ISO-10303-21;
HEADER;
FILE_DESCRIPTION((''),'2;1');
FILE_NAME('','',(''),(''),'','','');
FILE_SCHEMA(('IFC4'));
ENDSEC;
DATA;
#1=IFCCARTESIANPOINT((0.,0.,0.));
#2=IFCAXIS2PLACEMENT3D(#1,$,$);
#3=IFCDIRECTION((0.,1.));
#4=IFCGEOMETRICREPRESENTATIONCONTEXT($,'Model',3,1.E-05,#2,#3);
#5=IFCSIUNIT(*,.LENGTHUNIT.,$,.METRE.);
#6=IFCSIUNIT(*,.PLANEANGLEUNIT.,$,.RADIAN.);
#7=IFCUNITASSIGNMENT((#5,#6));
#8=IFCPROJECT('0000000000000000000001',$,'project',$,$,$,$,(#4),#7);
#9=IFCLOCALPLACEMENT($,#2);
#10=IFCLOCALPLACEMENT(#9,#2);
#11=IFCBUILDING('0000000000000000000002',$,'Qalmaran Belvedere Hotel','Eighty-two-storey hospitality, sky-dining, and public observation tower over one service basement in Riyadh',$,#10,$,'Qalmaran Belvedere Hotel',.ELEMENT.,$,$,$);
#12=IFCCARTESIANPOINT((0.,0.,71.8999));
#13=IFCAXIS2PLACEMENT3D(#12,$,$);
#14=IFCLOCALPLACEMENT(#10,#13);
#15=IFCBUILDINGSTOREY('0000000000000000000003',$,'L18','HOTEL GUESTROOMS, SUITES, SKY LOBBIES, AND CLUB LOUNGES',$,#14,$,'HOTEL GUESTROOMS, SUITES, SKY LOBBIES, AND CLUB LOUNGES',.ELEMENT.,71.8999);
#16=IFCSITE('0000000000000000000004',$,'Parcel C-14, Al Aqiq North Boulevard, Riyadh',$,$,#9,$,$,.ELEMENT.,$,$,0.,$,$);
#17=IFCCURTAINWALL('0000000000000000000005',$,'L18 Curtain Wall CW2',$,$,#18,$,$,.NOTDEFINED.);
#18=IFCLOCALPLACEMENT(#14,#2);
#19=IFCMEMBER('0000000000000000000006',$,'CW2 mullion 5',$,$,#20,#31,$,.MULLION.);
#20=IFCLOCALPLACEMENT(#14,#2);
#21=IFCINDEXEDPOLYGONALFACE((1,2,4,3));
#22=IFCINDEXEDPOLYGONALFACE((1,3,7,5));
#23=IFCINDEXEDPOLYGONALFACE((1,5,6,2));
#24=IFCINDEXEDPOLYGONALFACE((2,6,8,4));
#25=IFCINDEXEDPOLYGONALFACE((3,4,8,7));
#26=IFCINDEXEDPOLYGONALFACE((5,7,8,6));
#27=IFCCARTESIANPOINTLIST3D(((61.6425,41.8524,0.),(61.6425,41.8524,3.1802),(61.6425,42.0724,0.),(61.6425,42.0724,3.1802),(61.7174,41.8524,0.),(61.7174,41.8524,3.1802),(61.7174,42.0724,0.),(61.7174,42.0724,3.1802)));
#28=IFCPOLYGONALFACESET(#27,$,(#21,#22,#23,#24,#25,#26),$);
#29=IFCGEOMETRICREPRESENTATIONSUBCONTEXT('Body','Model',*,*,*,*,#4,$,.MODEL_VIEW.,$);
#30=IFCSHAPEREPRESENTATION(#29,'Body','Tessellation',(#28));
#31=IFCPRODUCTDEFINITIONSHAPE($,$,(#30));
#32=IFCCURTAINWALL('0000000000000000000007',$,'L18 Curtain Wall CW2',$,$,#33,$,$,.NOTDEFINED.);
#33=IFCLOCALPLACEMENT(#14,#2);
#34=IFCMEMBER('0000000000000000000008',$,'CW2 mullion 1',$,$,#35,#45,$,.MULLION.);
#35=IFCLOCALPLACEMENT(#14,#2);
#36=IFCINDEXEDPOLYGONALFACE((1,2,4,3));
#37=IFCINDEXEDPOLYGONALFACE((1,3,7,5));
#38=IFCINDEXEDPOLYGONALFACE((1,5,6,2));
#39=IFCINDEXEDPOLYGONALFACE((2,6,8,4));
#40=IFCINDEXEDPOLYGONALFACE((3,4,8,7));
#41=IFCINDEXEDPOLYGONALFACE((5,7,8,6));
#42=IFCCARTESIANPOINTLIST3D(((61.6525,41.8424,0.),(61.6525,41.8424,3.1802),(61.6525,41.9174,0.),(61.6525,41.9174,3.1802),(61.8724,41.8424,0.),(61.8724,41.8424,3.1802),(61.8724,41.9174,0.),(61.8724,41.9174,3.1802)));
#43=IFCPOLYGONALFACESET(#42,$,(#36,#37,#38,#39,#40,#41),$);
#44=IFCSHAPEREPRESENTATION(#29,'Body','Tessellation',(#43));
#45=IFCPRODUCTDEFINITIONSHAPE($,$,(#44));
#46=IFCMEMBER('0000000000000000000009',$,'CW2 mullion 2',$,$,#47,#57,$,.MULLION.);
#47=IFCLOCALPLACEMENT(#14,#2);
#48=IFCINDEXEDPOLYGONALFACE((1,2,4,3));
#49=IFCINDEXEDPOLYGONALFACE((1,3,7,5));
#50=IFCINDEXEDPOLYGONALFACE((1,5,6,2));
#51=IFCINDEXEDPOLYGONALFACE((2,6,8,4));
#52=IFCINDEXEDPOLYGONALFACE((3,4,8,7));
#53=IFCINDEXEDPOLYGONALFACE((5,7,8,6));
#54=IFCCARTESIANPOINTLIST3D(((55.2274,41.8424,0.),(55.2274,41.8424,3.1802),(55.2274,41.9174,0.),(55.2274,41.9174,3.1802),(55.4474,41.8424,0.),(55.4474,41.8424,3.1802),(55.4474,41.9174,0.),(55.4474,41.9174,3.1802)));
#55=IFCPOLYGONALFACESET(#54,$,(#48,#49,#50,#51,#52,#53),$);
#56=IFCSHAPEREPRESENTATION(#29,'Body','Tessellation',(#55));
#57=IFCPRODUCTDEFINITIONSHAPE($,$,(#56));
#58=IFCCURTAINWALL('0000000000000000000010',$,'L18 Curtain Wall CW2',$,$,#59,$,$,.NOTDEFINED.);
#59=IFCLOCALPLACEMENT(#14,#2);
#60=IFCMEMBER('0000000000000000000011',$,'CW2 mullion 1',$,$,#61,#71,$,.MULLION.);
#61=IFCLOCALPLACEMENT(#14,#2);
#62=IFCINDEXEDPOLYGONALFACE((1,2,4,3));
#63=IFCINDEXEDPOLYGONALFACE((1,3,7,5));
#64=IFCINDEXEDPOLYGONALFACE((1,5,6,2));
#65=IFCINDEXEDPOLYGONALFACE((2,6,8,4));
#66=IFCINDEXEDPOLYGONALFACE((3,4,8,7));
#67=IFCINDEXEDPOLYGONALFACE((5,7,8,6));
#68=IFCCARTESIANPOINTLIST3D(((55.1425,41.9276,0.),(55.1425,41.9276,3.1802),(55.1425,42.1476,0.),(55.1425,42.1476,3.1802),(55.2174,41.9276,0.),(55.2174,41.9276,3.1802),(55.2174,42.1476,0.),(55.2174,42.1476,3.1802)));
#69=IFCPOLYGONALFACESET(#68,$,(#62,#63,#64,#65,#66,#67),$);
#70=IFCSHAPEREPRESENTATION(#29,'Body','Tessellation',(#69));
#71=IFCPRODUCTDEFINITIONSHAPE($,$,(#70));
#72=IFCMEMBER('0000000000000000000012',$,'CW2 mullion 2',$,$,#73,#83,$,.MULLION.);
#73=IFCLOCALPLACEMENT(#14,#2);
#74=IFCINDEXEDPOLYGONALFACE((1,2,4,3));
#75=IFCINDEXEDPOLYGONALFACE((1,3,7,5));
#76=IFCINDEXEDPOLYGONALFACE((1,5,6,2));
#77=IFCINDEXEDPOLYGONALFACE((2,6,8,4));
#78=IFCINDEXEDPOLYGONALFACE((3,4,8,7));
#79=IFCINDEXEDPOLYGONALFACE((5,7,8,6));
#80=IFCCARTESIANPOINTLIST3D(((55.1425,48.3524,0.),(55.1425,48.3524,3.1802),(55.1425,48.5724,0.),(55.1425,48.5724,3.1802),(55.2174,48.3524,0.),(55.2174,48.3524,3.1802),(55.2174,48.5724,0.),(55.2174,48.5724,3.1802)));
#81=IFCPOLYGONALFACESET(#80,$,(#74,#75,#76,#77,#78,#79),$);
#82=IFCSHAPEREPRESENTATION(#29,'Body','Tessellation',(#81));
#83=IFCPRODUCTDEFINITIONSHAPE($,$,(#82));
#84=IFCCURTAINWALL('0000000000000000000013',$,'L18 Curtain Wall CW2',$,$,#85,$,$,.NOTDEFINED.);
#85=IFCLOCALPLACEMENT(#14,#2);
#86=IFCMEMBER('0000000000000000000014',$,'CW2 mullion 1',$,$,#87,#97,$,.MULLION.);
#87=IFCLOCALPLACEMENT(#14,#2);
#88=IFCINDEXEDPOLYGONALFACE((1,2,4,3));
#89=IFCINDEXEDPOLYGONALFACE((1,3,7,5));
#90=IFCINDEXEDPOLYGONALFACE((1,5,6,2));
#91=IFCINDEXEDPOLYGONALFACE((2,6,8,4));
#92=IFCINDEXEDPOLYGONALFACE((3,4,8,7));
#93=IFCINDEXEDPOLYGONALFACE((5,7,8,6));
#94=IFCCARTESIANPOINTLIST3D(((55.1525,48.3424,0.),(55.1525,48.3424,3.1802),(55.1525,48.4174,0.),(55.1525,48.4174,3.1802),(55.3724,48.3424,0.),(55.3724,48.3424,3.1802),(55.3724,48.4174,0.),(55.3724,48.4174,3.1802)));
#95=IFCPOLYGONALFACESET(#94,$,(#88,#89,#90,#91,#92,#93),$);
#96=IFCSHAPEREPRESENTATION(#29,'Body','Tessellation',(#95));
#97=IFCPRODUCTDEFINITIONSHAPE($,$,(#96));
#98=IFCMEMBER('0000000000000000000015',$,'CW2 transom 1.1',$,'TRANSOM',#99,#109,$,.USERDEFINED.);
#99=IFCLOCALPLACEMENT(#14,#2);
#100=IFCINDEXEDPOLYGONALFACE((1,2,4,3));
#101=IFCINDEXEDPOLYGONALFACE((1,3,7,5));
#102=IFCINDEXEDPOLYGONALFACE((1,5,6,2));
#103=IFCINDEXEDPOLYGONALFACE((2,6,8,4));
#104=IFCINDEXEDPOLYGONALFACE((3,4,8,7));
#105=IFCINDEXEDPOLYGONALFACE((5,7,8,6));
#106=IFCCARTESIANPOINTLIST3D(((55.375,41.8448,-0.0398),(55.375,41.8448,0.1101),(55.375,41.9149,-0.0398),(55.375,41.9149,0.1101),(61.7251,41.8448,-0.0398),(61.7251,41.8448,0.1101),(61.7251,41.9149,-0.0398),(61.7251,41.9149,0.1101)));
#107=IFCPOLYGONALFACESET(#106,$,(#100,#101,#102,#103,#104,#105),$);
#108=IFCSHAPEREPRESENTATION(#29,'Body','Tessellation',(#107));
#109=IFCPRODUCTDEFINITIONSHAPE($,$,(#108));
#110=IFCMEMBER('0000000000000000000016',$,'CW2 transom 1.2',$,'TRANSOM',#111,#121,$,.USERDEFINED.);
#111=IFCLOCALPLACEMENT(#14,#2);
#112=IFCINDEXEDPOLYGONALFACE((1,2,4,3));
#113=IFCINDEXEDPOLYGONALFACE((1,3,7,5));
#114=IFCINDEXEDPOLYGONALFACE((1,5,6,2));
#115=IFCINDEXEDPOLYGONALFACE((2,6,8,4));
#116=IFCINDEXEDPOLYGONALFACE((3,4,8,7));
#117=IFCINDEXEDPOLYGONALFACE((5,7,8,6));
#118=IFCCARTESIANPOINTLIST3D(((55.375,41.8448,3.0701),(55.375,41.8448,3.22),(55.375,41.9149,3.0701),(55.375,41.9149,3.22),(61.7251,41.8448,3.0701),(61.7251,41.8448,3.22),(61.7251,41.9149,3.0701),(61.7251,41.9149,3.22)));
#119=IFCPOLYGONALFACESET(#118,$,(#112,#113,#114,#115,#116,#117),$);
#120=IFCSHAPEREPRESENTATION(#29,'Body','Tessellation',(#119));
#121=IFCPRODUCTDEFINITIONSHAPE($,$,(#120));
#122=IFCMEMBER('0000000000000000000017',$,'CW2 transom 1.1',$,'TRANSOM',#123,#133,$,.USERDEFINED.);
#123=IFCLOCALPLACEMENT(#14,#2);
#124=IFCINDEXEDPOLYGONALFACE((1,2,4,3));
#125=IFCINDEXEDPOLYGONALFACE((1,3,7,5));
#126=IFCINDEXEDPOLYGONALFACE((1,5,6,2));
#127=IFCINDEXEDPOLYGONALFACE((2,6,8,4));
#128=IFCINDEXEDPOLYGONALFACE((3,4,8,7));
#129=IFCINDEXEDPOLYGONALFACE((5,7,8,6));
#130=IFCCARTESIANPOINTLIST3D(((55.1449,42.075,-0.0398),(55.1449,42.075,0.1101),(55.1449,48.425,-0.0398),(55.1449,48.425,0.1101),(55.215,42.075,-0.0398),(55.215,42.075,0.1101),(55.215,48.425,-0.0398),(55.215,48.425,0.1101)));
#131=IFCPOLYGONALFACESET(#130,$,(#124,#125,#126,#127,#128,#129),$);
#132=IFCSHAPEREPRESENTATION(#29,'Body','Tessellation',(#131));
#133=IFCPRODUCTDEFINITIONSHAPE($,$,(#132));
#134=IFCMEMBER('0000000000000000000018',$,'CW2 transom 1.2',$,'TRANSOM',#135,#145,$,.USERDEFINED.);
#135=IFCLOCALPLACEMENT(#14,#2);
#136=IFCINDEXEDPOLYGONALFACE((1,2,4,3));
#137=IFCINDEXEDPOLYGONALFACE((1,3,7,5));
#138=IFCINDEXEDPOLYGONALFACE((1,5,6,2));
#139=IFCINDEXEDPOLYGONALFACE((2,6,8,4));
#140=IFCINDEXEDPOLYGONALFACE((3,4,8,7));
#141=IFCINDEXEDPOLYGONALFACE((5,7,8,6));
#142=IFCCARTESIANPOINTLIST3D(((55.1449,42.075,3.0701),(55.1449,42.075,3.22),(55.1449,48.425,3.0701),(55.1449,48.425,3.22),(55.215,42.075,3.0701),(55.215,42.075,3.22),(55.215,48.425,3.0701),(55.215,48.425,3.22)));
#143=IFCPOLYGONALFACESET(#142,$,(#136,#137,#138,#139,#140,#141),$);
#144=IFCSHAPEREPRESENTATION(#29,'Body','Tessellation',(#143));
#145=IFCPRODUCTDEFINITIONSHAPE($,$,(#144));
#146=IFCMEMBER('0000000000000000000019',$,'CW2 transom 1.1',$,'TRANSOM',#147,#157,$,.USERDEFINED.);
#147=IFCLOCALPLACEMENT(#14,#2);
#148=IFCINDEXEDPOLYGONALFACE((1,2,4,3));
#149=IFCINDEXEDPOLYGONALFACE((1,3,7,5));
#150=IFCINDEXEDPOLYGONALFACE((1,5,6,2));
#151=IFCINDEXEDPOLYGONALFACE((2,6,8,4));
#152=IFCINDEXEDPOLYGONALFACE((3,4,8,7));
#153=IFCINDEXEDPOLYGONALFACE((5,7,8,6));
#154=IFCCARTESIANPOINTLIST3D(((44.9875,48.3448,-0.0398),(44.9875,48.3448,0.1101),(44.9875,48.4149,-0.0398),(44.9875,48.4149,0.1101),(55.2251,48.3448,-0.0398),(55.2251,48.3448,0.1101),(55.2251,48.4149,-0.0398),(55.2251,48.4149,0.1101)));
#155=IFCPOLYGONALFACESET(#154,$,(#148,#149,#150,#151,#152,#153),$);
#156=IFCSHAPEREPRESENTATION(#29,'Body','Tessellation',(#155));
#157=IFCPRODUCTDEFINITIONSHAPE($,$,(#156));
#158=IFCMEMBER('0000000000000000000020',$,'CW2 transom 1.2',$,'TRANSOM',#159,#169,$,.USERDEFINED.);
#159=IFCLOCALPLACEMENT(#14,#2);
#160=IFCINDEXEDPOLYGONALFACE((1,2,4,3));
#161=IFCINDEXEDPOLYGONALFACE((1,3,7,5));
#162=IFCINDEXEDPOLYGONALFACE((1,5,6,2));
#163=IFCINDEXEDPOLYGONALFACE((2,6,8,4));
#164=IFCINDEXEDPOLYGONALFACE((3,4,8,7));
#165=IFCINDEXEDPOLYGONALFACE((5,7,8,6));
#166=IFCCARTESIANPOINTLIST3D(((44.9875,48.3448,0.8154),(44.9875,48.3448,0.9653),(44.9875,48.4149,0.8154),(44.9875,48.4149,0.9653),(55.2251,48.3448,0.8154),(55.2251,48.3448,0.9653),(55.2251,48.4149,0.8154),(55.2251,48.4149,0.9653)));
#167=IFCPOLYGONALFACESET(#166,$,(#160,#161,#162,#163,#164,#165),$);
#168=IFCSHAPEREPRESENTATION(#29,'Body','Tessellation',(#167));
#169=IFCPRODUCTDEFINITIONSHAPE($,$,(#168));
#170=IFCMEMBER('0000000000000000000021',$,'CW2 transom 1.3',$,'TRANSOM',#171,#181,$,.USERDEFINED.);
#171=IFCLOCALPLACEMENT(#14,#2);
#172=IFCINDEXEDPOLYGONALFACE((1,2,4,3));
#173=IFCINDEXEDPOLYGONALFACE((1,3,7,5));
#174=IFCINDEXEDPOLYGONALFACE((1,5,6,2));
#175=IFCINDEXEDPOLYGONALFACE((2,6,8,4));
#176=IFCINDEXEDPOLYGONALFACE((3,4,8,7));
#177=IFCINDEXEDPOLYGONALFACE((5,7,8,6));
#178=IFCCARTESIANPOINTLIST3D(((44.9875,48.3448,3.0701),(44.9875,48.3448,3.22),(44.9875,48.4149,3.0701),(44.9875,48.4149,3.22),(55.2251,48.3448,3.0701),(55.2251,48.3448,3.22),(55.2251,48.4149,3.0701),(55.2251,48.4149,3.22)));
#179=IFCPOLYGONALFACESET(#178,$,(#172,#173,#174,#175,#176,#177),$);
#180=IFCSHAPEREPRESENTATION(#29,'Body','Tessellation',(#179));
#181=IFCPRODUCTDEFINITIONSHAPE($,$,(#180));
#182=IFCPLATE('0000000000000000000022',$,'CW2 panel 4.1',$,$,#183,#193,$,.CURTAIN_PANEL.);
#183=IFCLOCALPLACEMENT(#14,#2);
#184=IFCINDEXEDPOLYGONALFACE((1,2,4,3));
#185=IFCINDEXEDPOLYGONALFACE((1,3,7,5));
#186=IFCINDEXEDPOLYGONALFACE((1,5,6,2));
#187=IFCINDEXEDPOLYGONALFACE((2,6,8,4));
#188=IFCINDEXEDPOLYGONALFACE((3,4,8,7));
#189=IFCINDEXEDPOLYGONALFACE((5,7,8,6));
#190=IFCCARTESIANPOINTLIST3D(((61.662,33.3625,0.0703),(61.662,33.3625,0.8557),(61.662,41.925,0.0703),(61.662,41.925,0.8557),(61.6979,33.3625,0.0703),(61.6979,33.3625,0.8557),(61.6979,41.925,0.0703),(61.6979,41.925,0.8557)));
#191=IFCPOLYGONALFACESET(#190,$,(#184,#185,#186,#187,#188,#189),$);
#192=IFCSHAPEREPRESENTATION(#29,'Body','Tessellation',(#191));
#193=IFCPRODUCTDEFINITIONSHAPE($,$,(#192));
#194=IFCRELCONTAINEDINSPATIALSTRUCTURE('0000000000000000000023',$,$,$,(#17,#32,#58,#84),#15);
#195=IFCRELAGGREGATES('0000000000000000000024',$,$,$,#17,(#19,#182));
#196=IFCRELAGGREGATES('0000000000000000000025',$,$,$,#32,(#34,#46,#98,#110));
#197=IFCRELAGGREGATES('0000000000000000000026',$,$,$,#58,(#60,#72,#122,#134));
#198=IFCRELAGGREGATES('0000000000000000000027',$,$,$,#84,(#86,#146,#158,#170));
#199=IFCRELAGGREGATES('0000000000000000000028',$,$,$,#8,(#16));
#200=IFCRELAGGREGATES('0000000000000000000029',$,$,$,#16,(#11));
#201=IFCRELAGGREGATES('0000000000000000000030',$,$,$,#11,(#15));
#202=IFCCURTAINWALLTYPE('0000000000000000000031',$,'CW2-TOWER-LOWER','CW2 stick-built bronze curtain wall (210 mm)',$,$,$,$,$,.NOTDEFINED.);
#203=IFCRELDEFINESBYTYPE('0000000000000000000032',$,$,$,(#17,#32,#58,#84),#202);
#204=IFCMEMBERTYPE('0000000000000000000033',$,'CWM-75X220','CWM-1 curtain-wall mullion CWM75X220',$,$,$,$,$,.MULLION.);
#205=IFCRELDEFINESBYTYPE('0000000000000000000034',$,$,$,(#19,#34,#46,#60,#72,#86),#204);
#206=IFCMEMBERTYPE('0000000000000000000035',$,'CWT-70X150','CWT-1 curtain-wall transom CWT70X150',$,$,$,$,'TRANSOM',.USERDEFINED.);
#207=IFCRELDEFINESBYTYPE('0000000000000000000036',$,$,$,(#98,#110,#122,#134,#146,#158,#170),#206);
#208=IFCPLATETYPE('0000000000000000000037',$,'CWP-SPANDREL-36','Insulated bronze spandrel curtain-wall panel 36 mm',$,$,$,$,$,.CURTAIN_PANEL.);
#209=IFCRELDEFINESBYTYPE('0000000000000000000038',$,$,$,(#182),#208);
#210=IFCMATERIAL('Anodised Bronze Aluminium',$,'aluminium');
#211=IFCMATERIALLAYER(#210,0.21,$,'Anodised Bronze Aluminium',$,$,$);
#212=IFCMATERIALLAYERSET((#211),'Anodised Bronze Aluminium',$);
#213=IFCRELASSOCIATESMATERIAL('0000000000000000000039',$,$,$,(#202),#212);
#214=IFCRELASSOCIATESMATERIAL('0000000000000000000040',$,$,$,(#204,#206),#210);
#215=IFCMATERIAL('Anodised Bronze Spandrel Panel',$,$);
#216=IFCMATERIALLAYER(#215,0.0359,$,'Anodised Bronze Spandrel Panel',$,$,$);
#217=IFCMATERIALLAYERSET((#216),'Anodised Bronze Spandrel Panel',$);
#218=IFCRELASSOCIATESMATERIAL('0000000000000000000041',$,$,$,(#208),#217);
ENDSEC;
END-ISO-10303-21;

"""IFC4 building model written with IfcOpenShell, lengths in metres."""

from ifc_helpers import new_model, si_unit, direction, frame, origin, origin_2d, place, context, subcontext, project, spatial, rectangle, extrude, material, layer, layer_set, material_profile, profile_set, type_object, element, aggregate, save


model = new_model("IFC4")

# Units and contexts
model_context = context("Model", 3, precision=1e-05, world=origin(), true_north=direction((0.0, 1.0)))
body_context = subcontext(model_context, "Body", "Model", "MODEL_VIEW")
ifc_project = project(units=[si_unit("LENGTHUNIT", "METRE"), si_unit("PLANEANGLEUNIT", "RADIAN")], contexts=[model_context])

# Site, building, storey
site_placement = place(None, origin())
site = spatial("IfcSite", under=ifc_project, at=site_placement, Name="Parcel C-14, Al Aqiq North Boulevard, Riyadh", CompositionType="ELEMENT", RefElevation=0.0)
building_placement = place(site_placement, origin())
building = spatial("IfcBuilding", under=site, at=building_placement, Name="Qalmaran Belvedere Hotel", Description="Eighty-two-storey hospitality, sky-dining, and public observation tower over one service basement in Riyadh", LongName="Qalmaran Belvedere Hotel", CompositionType="ELEMENT")
storey_placement = place(building_placement, frame((0.0, 0.0, 71.8999)))
storey = spatial("IfcBuildingStorey", under=building, at=storey_placement, Name="L18", Description="HOTEL GUESTROOMS, SUITES, SKY LOBBIES, AND CLUB LOUNGES", LongName="HOTEL GUESTROOMS, SUITES, SKY LOBBIES, AND CLUB LOUNGES", CompositionType="ELEMENT", Elevation=71.8999)

# Curtain wall, member
ifc_material_1 = material(Name="Anodised Bronze Aluminium", Category="aluminium")
ifc_layer_1 = layer(ifc_material_1, 0.21, Name="Anodised Bronze Aluminium")
ifc_layer_set_1 = layer_set([ifc_layer_1], Name="Anodised Bronze Aluminium")
curtain_wall_type = type_object("IfcCurtainWallType", Name="CW2-TOWER-LOWER", Description="CW2 stick-built bronze curtain wall (210 mm)", PredefinedType="NOTDEFINED", material=ifc_layer_set_1)
curtain_wall_1_placement = place(storey_placement, origin())
curtain_wall_1 = element("IfcCurtainWall", 1, at=curtain_wall_1_placement, inside=storey, type_object=curtain_wall_type, Name="L18 Curtain Wall CW2", PredefinedType="NOTDEFINED")
ifc_material_profile_1 = material_profile(ifc_material_1, rectangle(XDim=0.075, YDim=0.22, at=origin_2d()), Name="CWM75X220")
ifc_profile_set_1 = profile_set([ifc_material_profile_1], Name="Anodised Bronze Aluminium")
member_type_1 = type_object("IfcMemberType", Name="CWM-75X220", Description="CWM-1 curtain-wall mullion CWM75X220", PredefinedType="MULLION", material=ifc_profile_set_1)
member_1_placement = place(storey_placement, frame((61.6799, 41.9624, 0.0), z_axis=(0.0, 0.0, 1.0), x_axis=(-1.0, 0.0, 0.0)))
member_1 = element("IfcMember", 2, at=member_1_placement, type_object=member_type_1, Name="CW2 mullion 5", PredefinedType="MULLION", context=body_context, shape_type="SweptSolid", body=[
    extrude(rectangle(XDim=0.075, YDim=0.22, at=origin_2d()), origin(), (0.0, 0.0, 1.0), 3.1802),
])

# Curtain walls, members
curtain_wall_2_placement = place(storey_placement, origin())
curtain_wall_2 = element("IfcCurtainWall", 3, at=curtain_wall_2_placement, inside=storey, type_object=curtain_wall_type, Name="L18 Curtain Wall CW2", PredefinedType="NOTDEFINED")
member_2_placement = place(storey_placement, frame((61.7625, 41.8799, 0.0), z_axis=(0.0, 0.0, 1.0), x_axis=(0.0, -1.0, 0.0)))
member_2 = element("IfcMember", 4, at=member_2_placement, type_object=member_type_1, Name="CW2 mullion 1", PredefinedType="MULLION", context=body_context, shape_type="SweptSolid", body=[
    extrude(rectangle(XDim=0.075, YDim=0.22, at=origin_2d()), origin(), (0.0, 0.0, 1.0), 3.1802),
])
member_3_placement = place(storey_placement, frame((55.3374, 41.8799, 0.0), z_axis=(0.0, 0.0, 1.0), x_axis=(0.0, -1.0, 0.0)))
member_3 = element("IfcMember", 5, at=member_3_placement, type_object=member_type_1, Name="CW2 mullion 2", PredefinedType="MULLION", context=body_context, shape_type="SweptSolid", body=[
    extrude(rectangle(XDim=0.075, YDim=0.22, at=origin_2d()), origin(), (0.0, 0.0, 1.0), 3.1802),
])
curtain_wall_3_placement = place(storey_placement, origin())
curtain_wall_3 = element("IfcCurtainWall", 6, at=curtain_wall_3_placement, inside=storey, type_object=curtain_wall_type, Name="L18 Curtain Wall CW2", PredefinedType="NOTDEFINED")
member_4_placement = place(storey_placement, frame((55.1799, 42.0376, 0.0), z_axis=(0.0, 0.0, 1.0), x_axis=(-1.0, 0.0, 0.0)))
member_4 = element("IfcMember", 7, at=member_4_placement, type_object=member_type_1, Name="CW2 mullion 1", PredefinedType="MULLION", context=body_context, shape_type="SweptSolid", body=[
    extrude(rectangle(XDim=0.075, YDim=0.22, at=origin_2d()), origin(), (0.0, 0.0, 1.0), 3.1802),
])
member_5_placement = place(storey_placement, frame((55.1799, 48.4624, 0.0), z_axis=(0.0, 0.0, 1.0), x_axis=(-1.0, 0.0, 0.0)))
member_5 = element("IfcMember", 8, at=member_5_placement, type_object=member_type_1, Name="CW2 mullion 2", PredefinedType="MULLION", context=body_context, shape_type="SweptSolid", body=[
    extrude(rectangle(XDim=0.075, YDim=0.22, at=origin_2d()), origin(), (0.0, 0.0, 1.0), 3.1802),
])

# Curtain wall, member
curtain_wall_4_placement = place(storey_placement, origin())
curtain_wall_4 = element("IfcCurtainWall", 9, at=curtain_wall_4_placement, inside=storey, type_object=curtain_wall_type, Name="L18 Curtain Wall CW2", PredefinedType="NOTDEFINED")
member_6_placement = place(storey_placement, frame((55.2625, 48.3799, 0.0), z_axis=(0.0, 0.0, 1.0), x_axis=(0.0, -1.0, 0.0)))
member_6 = element("IfcMember", 10, at=member_6_placement, type_object=member_type_1, Name="CW2 mullion 1", PredefinedType="MULLION", context=body_context, shape_type="SweptSolid", body=[
    extrude(rectangle(XDim=0.075, YDim=0.22, at=origin_2d()), origin(), (0.0, 0.0, 1.0), 3.1802),
])

# Members
ifc_material_profile_2 = material_profile(ifc_material_1, rectangle(XDim=0.0701, YDim=0.1499, at=origin_2d()), Name="CWT70X150")
ifc_profile_set_2 = profile_set([ifc_material_profile_2], Name="Anodised Bronze Aluminium")
member_type_2 = type_object("IfcMemberType", Name="CWT-70X150", Description="CWT-1 curtain-wall transom CWT70X150", ElementType="TRANSOM", PredefinedType="USERDEFINED", material=ifc_profile_set_2)
member_7_placement = place(storey_placement, frame((61.7251, 41.8799, 0.0352), z_axis=(-1.0, 0.0, 0.0), x_axis=(0.0, -1.0, 0.0)))
member_7 = element("IfcMember", 11, at=member_7_placement, type_object=member_type_2, Name="CW2 transom 1.1", ObjectType="TRANSOM", PredefinedType="USERDEFINED", context=body_context, shape_type="SweptSolid", body=[
    extrude(rectangle(XDim=0.0701, YDim=0.1499, at=origin_2d()), origin(), (0.0, 0.0, 1.0), 6.3501),
])
member_8_placement = place(storey_placement, frame((61.7251, 41.8799, 3.145), z_axis=(-1.0, 0.0, 0.0), x_axis=(0.0, -1.0, 0.0)))
member_8 = element("IfcMember", 12, at=member_8_placement, type_object=member_type_2, Name="CW2 transom 1.2", ObjectType="TRANSOM", PredefinedType="USERDEFINED", context=body_context, shape_type="SweptSolid", body=[
    extrude(rectangle(XDim=0.0701, YDim=0.1499, at=origin_2d()), origin(), (0.0, 0.0, 1.0), 6.3501),
])
member_9_placement = place(storey_placement, frame((55.1799, 42.075, 0.0352), z_axis=(0.0, 1.0, 0.0), x_axis=(-1.0, 0.0, 0.0)))
member_9 = element("IfcMember", 13, at=member_9_placement, type_object=member_type_2, Name="CW2 transom 1.1", ObjectType="TRANSOM", PredefinedType="USERDEFINED", context=body_context, shape_type="SweptSolid", body=[
    extrude(rectangle(XDim=0.0701, YDim=0.1499, at=origin_2d()), origin(), (0.0, 0.0, 1.0), 6.3501),
])
member_10_placement = place(storey_placement, frame((55.1799, 42.075, 3.145), z_axis=(0.0, 1.0, 0.0), x_axis=(-1.0, 0.0, 0.0)))
member_10 = element("IfcMember", 14, at=member_10_placement, type_object=member_type_2, Name="CW2 transom 1.2", ObjectType="TRANSOM", PredefinedType="USERDEFINED", context=body_context, shape_type="SweptSolid", body=[
    extrude(rectangle(XDim=0.0701, YDim=0.1499, at=origin_2d()), origin(), (0.0, 0.0, 1.0), 6.3501),
])
member_11_placement = place(storey_placement, frame((55.2251, 48.3799, 0.0352), z_axis=(-1.0, 0.0, 0.0), x_axis=(0.0, -1.0, 0.0)))
member_11 = element("IfcMember", 15, at=member_11_placement, type_object=member_type_2, Name="CW2 transom 1.1", ObjectType="TRANSOM", PredefinedType="USERDEFINED", context=body_context, shape_type="SweptSolid", body=[
    extrude(rectangle(XDim=0.0701, YDim=0.1499, at=origin_2d()), origin(), (0.0, 0.0, 1.0), 10.2375),
])
member_12_placement = place(storey_placement, frame((55.2251, 48.3799, 0.8904), z_axis=(-1.0, 0.0, 0.0), x_axis=(0.0, -1.0, 0.0)))
member_12 = element("IfcMember", 16, at=member_12_placement, type_object=member_type_2, Name="CW2 transom 1.2", ObjectType="TRANSOM", PredefinedType="USERDEFINED", context=body_context, shape_type="SweptSolid", body=[
    extrude(rectangle(XDim=0.0701, YDim=0.1499, at=origin_2d()), origin(), (0.0, 0.0, 1.0), 10.2375),
])
member_13_placement = place(storey_placement, frame((55.2251, 48.3799, 3.145), z_axis=(-1.0, 0.0, 0.0), x_axis=(0.0, -1.0, 0.0)))
member_13 = element("IfcMember", 17, at=member_13_placement, type_object=member_type_2, Name="CW2 transom 1.3", ObjectType="TRANSOM", PredefinedType="USERDEFINED", context=body_context, shape_type="SweptSolid", body=[
    extrude(rectangle(XDim=0.0701, YDim=0.1499, at=origin_2d()), origin(), (0.0, 0.0, 1.0), 10.2375),
])

# Plate
ifc_material_2 = material(Name="Anodised Bronze Spandrel Panel")
ifc_layer_2 = layer(ifc_material_2, 0.0359, Name="Anodised Bronze Spandrel Panel")
ifc_layer_set_2 = layer_set([ifc_layer_2], Name="Anodised Bronze Spandrel Panel")
plate_type_1 = type_object("IfcPlateType", Name="CWP-SPANDREL-36", Description="Insulated bronze spandrel curtain-wall panel 36 mm", PredefinedType="CURTAIN_PANEL", material=ifc_layer_set_2)
plate_1_placement = place(storey_placement, frame((61.6799, 37.6438, 0.0703), z_axis=(0.0, 0.0, 1.0), x_axis=(0.0, 1.0, 0.0)))
plate_1 = element("IfcPlate", 18, at=plate_1_placement, type_object=plate_type_1, Name="CW2 panel 4.1", PredefinedType="CURTAIN_PANEL", context=body_context, shape_type="SweptSolid", body=[
    extrude(rectangle(XDim=8.5625, YDim=0.0359, at=origin_2d()), origin(), (0.0, 0.0, 1.0), 0.7854),
])
aggregate(curtain_wall_1, [member_1, plate_1])
aggregate(curtain_wall_2, [member_2, member_3, member_7, member_8])
aggregate(curtain_wall_3, [member_4, member_5, member_9, member_10])
aggregate(curtain_wall_4, [member_6, member_11, member_12, member_13])

save(model, "model.ifc")
